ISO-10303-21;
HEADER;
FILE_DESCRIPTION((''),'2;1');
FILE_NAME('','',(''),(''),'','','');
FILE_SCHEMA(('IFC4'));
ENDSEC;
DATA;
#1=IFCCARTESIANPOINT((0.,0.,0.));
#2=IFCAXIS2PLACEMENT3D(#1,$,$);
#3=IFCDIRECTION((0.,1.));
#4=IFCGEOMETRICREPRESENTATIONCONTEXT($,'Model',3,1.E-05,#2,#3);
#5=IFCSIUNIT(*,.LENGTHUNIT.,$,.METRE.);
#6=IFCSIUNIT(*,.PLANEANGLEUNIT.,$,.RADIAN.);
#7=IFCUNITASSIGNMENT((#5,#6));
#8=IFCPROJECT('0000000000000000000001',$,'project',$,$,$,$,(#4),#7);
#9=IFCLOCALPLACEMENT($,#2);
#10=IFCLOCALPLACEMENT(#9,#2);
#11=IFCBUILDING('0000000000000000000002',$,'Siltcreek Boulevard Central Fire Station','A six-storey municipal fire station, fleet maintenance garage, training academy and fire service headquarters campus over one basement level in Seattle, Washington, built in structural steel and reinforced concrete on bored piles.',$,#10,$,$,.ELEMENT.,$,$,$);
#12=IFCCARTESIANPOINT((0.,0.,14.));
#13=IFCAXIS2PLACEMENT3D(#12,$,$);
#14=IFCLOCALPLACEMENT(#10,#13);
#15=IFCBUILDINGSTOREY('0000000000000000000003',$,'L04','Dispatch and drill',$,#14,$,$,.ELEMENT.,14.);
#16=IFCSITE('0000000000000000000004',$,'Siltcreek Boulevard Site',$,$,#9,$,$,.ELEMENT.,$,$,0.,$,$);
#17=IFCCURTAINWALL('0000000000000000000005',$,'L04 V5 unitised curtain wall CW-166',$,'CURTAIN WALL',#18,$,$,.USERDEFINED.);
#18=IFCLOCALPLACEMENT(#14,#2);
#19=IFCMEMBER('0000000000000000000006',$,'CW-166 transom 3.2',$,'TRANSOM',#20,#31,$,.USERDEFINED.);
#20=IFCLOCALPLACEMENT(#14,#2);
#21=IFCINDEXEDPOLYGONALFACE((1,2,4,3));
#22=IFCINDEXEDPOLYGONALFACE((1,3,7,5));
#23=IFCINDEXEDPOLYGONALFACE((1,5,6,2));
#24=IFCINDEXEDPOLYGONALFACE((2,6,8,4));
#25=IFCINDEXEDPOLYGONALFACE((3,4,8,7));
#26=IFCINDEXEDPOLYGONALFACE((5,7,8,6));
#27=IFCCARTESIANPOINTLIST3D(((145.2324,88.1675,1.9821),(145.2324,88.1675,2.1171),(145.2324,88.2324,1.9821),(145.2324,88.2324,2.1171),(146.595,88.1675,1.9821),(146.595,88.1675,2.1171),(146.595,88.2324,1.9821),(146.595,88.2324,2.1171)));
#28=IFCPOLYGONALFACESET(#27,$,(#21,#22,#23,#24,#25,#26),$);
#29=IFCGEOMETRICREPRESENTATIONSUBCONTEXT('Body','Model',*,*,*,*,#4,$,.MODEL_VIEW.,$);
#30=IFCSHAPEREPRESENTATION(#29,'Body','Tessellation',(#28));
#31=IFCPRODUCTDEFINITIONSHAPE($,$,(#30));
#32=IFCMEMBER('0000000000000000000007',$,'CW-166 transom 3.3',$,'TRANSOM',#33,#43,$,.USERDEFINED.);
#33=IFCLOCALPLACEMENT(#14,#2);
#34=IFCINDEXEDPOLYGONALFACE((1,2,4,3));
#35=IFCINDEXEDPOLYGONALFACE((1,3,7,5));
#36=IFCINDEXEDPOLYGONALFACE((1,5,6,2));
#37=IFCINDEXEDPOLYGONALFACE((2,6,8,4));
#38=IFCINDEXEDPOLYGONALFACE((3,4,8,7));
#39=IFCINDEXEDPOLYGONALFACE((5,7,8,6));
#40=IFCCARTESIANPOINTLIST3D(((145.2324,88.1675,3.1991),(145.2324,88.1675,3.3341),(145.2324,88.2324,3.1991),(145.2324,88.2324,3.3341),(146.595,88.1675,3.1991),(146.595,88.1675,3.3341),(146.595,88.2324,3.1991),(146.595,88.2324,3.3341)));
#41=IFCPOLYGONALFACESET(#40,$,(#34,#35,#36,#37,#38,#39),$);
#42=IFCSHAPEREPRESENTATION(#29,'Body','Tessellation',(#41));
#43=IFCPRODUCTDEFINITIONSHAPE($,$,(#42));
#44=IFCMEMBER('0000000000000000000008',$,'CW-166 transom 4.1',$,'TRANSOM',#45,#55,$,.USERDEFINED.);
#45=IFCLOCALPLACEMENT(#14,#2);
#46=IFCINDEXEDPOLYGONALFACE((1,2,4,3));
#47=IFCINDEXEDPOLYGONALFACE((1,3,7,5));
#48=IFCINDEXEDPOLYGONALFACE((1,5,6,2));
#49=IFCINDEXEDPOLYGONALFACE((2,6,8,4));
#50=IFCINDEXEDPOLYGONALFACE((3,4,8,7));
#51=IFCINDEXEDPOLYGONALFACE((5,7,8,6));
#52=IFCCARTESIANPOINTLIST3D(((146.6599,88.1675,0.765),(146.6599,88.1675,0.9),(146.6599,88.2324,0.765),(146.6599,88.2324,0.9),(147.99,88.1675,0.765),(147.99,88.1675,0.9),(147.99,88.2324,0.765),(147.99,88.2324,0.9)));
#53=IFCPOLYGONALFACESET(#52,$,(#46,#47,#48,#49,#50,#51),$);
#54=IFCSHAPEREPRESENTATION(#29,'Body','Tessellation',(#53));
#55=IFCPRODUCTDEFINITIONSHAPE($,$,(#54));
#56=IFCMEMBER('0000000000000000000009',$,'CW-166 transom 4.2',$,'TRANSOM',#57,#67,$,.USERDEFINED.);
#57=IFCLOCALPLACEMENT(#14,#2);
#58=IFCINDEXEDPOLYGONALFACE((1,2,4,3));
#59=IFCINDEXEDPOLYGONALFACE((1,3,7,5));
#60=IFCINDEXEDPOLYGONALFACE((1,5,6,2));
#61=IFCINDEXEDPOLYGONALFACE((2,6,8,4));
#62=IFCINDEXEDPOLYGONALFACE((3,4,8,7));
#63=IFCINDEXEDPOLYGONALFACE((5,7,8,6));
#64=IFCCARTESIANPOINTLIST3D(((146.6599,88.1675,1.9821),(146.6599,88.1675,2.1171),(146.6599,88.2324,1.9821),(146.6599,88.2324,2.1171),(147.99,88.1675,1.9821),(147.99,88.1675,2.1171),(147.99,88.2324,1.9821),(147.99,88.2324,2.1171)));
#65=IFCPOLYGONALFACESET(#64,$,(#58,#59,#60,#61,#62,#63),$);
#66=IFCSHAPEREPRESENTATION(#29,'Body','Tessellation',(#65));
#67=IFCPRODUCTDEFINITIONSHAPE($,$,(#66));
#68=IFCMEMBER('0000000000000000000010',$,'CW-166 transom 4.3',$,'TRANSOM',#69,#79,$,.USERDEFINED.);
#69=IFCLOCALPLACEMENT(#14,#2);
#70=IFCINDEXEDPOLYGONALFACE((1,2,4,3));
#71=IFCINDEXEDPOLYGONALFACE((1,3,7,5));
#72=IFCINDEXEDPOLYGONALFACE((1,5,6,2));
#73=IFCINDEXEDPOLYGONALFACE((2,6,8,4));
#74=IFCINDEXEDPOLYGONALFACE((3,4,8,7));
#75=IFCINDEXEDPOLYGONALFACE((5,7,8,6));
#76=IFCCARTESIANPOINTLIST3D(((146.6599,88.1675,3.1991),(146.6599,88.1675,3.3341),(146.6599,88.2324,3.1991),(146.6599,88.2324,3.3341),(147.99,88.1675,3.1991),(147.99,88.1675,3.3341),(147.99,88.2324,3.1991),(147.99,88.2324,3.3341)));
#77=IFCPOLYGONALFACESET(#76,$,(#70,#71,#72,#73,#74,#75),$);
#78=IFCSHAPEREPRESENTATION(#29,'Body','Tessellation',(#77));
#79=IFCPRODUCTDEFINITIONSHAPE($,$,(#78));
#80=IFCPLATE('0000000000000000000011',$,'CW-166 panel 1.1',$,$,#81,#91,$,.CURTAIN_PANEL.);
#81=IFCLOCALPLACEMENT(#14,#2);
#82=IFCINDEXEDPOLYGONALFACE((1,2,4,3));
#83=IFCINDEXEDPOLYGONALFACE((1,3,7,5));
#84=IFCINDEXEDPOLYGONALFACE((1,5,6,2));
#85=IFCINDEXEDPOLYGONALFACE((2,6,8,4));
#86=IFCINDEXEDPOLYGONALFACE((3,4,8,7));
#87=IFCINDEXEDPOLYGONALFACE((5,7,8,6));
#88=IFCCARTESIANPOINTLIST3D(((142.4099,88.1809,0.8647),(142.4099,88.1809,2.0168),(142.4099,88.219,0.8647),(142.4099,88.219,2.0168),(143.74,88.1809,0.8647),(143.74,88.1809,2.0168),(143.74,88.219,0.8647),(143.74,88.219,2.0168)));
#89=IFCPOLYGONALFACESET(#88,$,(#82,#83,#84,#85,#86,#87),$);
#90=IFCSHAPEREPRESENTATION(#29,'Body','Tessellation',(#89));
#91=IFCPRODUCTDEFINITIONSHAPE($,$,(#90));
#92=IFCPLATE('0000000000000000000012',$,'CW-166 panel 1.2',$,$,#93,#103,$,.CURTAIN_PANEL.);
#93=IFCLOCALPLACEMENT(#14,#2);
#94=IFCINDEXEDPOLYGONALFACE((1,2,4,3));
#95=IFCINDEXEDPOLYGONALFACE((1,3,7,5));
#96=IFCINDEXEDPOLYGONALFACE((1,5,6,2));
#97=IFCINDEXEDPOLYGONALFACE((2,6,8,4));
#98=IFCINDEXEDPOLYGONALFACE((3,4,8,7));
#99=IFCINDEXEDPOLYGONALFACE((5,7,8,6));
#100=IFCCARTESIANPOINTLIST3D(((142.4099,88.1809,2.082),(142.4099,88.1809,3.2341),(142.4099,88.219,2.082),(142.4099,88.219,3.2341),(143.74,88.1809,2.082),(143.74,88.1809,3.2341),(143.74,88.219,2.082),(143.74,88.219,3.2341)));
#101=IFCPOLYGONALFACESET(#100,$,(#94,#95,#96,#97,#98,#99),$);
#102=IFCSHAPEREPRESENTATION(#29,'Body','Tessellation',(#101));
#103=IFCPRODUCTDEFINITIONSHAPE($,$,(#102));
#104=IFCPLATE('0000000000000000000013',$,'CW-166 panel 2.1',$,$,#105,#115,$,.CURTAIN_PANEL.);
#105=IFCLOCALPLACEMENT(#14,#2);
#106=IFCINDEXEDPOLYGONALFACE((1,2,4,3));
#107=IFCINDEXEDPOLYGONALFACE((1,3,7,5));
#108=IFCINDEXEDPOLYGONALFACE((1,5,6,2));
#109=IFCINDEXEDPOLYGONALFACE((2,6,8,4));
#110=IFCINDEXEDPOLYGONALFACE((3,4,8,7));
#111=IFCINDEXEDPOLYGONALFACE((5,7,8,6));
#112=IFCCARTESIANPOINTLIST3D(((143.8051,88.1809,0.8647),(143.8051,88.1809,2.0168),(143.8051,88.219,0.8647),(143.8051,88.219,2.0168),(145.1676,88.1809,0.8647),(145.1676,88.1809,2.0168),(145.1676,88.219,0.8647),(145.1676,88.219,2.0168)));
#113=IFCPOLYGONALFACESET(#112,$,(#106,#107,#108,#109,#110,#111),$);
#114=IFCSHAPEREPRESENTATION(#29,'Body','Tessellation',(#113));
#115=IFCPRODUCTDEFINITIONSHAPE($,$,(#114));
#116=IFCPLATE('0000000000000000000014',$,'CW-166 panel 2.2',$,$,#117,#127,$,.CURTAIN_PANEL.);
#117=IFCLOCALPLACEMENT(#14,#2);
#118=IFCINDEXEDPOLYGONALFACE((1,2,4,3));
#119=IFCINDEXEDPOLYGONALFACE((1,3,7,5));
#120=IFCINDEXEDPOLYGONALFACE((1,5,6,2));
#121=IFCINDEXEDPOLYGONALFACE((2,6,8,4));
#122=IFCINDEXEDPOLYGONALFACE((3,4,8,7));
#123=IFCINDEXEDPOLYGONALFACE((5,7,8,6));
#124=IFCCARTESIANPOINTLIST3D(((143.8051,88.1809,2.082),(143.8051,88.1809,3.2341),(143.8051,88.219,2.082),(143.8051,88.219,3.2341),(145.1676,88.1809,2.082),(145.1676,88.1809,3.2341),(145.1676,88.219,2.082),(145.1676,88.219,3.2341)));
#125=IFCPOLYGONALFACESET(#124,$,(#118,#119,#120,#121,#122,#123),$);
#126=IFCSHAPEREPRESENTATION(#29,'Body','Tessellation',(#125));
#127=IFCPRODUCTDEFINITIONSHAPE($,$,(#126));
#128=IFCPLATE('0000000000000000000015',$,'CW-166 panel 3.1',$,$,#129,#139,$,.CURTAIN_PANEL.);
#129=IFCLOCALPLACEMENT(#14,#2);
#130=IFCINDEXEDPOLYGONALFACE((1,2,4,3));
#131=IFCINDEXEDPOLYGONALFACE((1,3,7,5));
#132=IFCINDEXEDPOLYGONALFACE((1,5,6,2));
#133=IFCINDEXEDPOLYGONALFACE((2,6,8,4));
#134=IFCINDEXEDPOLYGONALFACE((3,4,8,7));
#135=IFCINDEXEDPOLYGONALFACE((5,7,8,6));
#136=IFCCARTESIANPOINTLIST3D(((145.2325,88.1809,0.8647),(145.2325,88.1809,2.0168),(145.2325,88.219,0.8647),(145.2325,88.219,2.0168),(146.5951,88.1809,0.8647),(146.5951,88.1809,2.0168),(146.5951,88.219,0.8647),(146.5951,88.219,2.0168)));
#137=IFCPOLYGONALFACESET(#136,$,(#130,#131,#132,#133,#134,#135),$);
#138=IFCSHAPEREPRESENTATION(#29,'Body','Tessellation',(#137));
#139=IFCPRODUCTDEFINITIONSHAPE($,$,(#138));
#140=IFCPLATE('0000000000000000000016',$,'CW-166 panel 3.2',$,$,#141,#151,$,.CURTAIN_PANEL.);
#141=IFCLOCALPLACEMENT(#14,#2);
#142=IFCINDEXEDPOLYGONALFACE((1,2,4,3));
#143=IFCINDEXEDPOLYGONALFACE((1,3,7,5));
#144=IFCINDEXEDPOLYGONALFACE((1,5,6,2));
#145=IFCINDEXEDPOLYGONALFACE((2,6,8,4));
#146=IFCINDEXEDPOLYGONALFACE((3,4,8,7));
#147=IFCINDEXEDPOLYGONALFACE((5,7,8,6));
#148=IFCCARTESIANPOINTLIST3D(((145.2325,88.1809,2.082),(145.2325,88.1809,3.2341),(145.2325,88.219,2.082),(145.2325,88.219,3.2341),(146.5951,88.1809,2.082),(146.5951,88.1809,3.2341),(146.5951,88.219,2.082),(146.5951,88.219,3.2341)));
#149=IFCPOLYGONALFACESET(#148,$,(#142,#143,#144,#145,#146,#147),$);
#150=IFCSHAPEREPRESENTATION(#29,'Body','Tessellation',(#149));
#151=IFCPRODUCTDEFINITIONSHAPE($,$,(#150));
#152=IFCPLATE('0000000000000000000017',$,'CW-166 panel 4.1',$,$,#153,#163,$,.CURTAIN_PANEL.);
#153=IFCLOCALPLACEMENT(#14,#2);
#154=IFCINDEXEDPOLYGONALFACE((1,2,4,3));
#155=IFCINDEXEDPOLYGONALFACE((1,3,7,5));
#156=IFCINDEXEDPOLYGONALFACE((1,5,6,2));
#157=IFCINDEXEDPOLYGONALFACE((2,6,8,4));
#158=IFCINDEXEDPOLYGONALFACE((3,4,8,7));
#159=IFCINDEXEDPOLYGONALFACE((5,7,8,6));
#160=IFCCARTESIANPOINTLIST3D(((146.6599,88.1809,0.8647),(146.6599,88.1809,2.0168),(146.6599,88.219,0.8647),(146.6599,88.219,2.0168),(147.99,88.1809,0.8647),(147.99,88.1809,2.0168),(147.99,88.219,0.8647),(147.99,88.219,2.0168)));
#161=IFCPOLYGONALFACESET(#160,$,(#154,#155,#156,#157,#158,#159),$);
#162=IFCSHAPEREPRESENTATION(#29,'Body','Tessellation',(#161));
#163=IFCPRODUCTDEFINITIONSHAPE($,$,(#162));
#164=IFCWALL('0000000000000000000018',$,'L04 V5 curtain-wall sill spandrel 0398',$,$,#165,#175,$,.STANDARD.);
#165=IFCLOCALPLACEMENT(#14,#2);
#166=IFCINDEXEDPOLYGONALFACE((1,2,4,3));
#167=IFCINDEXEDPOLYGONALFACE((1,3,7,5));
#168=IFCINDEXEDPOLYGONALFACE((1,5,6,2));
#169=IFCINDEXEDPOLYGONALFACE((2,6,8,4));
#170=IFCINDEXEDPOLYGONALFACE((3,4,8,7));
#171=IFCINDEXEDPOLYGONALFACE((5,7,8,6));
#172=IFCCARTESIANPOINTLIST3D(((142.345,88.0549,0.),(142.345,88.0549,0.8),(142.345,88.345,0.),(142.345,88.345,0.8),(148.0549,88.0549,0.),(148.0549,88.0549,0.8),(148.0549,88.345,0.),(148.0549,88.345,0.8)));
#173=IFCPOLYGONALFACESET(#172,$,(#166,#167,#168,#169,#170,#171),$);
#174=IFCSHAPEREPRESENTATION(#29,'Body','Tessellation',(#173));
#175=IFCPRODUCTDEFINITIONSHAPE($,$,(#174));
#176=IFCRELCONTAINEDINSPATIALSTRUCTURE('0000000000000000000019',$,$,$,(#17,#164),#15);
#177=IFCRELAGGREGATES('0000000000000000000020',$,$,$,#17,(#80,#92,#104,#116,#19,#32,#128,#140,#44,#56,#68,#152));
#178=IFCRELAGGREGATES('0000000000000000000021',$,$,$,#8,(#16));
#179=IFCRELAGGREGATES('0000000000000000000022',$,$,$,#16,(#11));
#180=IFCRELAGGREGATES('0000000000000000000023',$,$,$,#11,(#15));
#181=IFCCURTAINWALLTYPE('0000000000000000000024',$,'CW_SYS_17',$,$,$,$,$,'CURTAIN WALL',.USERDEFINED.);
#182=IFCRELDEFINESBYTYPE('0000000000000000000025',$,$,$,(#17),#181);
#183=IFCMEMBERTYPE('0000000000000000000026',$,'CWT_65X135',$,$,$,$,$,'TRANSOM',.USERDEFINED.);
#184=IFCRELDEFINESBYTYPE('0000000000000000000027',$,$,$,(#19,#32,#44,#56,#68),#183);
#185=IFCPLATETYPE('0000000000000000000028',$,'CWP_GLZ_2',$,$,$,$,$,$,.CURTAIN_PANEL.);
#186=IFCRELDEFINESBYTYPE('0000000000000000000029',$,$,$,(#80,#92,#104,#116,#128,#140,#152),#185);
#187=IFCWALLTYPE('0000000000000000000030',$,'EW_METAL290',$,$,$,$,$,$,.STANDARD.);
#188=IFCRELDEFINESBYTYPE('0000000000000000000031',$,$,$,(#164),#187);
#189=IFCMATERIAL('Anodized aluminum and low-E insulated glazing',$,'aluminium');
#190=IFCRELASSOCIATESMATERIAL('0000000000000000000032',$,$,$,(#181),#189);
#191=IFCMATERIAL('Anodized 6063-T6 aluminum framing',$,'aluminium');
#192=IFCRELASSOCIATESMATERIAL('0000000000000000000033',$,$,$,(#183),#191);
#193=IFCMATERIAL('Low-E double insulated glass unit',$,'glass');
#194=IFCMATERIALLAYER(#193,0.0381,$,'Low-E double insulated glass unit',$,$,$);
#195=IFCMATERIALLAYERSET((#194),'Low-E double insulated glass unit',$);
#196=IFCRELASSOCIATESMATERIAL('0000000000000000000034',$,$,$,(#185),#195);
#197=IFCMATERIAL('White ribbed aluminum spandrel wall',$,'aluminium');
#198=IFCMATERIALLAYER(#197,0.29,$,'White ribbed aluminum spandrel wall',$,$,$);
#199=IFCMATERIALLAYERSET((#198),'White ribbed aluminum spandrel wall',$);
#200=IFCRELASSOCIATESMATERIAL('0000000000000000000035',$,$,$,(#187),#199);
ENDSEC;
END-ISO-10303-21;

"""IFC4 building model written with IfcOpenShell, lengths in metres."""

from ifc_helpers import new_model, si_unit, direction, frame, frame_2d, origin, origin_2d, place, context, subcontext, project, spatial, rectangle, extrude, material, layer, layer_set, material_profile, profile_set, type_object, element, aggregate, save


model = new_model("IFC4")

# Units and contexts
model_context = context("Model", 3, precision=1e-05, world=origin(), true_north=direction((0.0, 1.0)))
body_context = subcontext(model_context, "Body", "Model", "MODEL_VIEW")
ifc_project = project(units=[si_unit("LENGTHUNIT", "METRE"), si_unit("PLANEANGLEUNIT", "RADIAN")], contexts=[model_context])

# Site, building, storey
site_placement = place(None, origin())
site = spatial("IfcSite", under=ifc_project, at=site_placement, Name="Siltcreek Boulevard Site", CompositionType="ELEMENT", RefElevation=0.0)
building_placement = place(site_placement, origin())
building = spatial("IfcBuilding", under=site, at=building_placement, Name="Siltcreek Boulevard Central Fire Station", Description="A six-storey municipal fire station, fleet maintenance garage, training academy and fire service headquarters campus over one basement level in Seattle, Washington, built in structural steel and reinforced concrete on bored piles.", CompositionType="ELEMENT")
storey_placement = place(building_placement, frame((0.0, 0.0, 14.0)))
storey = spatial("IfcBuildingStorey", under=building, at=storey_placement, Name="L04", Description="Dispatch and drill", CompositionType="ELEMENT", Elevation=14.0)

# Curtain wall, members, plates
ifc_material_1 = material(Name="Anodized aluminum and low-E insulated glazing", Category="aluminium")
curtain_wall_type = type_object("IfcCurtainWallType", Name="CW_SYS_17", ElementType="CURTAIN WALL", PredefinedType="USERDEFINED", material=ifc_material_1)
curtain_wall_placement = place(storey_placement, origin())
curtain_wall = element("IfcCurtainWall", 1, at=curtain_wall_placement, inside=storey, type_object=curtain_wall_type, Name="L04 V5 unitised curtain wall CW-166", ObjectType="CURTAIN WALL", PredefinedType="USERDEFINED")
ifc_material_2 = material(Name="Anodized 6063-T6 aluminum framing", Category="aluminium")
ifc_material_profile_1 = material_profile(ifc_material_2, rectangle(XDim=0.0649, YDim=0.135, at=origin_2d()), Name="TRAN65X135")
ifc_profile_set_1 = profile_set([ifc_material_profile_1], Name="Anodized 6063-T6 aluminum framing")
member_type_1 = type_object("IfcMemberType", Name="CWT_65X135", ElementType="TRANSOM", PredefinedType="USERDEFINED", material=ifc_profile_set_1)
member_1_placement = place(storey_placement, frame((145.2324, 88.2, 2.0496), z_axis=(1.0, 0.0, 0.0), x_axis=(0.0, 1.0, 0.0)))
member_1 = element("IfcMember", 2, at=member_1_placement, type_object=member_type_1, Name="CW-166 transom 3.2", ObjectType="TRANSOM", PredefinedType="USERDEFINED", context=body_context, shape_type="SweptSolid", body=[
    extrude(rectangle(XDim=0.0649, YDim=0.135, at=origin_2d()), origin(), (0.0, 0.0, 1.0), 1.3625),
])
member_2_placement = place(storey_placement, frame((145.2324, 88.2, 3.2666), z_axis=(1.0, 0.0, 0.0), x_axis=(0.0, 1.0, 0.0)))
member_2 = element("IfcMember", 3, at=member_2_placement, type_object=member_type_1, Name="CW-166 transom 3.3", ObjectType="TRANSOM", PredefinedType="USERDEFINED", context=body_context, shape_type="SweptSolid", body=[
    extrude(rectangle(XDim=0.0649, YDim=0.135, at=origin_2d()), origin(), (0.0, 0.0, 1.0), 1.3625),
])
member_3_placement = place(storey_placement, frame((146.6599, 88.2, 0.8325), z_axis=(1.0, 0.0, 0.0), x_axis=(0.0, 1.0, 0.0)))
member_3 = element("IfcMember", 4, at=member_3_placement, type_object=member_type_1, Name="CW-166 transom 4.1", ObjectType="TRANSOM", PredefinedType="USERDEFINED", context=body_context, shape_type="SweptSolid", body=[
    extrude(rectangle(XDim=0.0649, YDim=0.135, at=origin_2d()), origin(), (0.0, 0.0, 1.0), 1.3301),
])
member_4_placement = place(storey_placement, frame((146.6599, 88.2, 2.0496), z_axis=(1.0, 0.0, 0.0), x_axis=(0.0, 1.0, 0.0)))
member_4 = element("IfcMember", 5, at=member_4_placement, type_object=member_type_1, Name="CW-166 transom 4.2", ObjectType="TRANSOM", PredefinedType="USERDEFINED", context=body_context, shape_type="SweptSolid", body=[
    extrude(rectangle(XDim=0.0649, YDim=0.135, at=origin_2d()), origin(), (0.0, 0.0, 1.0), 1.3301),
])
member_5_placement = place(storey_placement, frame((146.6599, 88.2, 3.2666), z_axis=(1.0, 0.0, 0.0), x_axis=(0.0, 1.0, 0.0)))
member_5 = element("IfcMember", 6, at=member_5_placement, type_object=member_type_1, Name="CW-166 transom 4.3", ObjectType="TRANSOM", PredefinedType="USERDEFINED", context=body_context, shape_type="SweptSolid", body=[
    extrude(rectangle(XDim=0.0649, YDim=0.135, at=origin_2d()), origin(), (0.0, 0.0, 1.0), 1.3301),
])
ifc_material_3 = material(Name="Low-E double insulated glass unit", Category="glass")
ifc_layer_1 = layer(ifc_material_3, 0.0381, Name="Low-E double insulated glass unit")
ifc_layer_set_1 = layer_set([ifc_layer_1], Name="Low-E double insulated glass unit")
plate_type = type_object("IfcPlateType", Name="CWP_GLZ_2", PredefinedType="CURTAIN_PANEL", material=ifc_layer_set_1)
plate_1_placement = place(storey_placement, frame((143.075, 88.2, 0.8647), z_axis=(0.0, 0.0, 1.0), x_axis=(1.0, 0.0, 0.0)))
plate_1 = element("IfcPlate", 7, at=plate_1_placement, type_object=plate_type, Name="CW-166 panel 1.1", PredefinedType="CURTAIN_PANEL", context=body_context, shape_type="SweptSolid", body=[
    extrude(rectangle(XDim=1.3301, YDim=0.0381, at=origin_2d()), origin(), (0.0, 0.0, 1.0), 1.1521),
])
plate_2_placement = place(storey_placement, frame((143.075, 88.2, 2.082), z_axis=(0.0, 0.0, 1.0), x_axis=(1.0, 0.0, 0.0)))
plate_2 = element("IfcPlate", 8, at=plate_2_placement, type_object=plate_type, Name="CW-166 panel 1.2", PredefinedType="CURTAIN_PANEL", context=body_context, shape_type="SweptSolid", body=[
    extrude(rectangle(XDim=1.3301, YDim=0.0381, at=origin_2d()), origin(), (0.0, 0.0, 1.0), 1.1521),
])
plate_3_placement = place(storey_placement, frame((144.4863, 88.2, 0.8647), z_axis=(0.0, 0.0, 1.0), x_axis=(1.0, 0.0, 0.0)))
plate_3 = element("IfcPlate", 9, at=plate_3_placement, type_object=plate_type, Name="CW-166 panel 2.1", PredefinedType="CURTAIN_PANEL", context=body_context, shape_type="SweptSolid", body=[
    extrude(rectangle(XDim=1.3625, YDim=0.0381, at=origin_2d()), origin(), (0.0, 0.0, 1.0), 1.1521),
])
plate_4_placement = place(storey_placement, frame((144.4863, 88.2, 2.082), z_axis=(0.0, 0.0, 1.0), x_axis=(1.0, 0.0, 0.0)))
plate_4 = element("IfcPlate", 10, at=plate_4_placement, type_object=plate_type, Name="CW-166 panel 2.2", PredefinedType="CURTAIN_PANEL", context=body_context, shape_type="SweptSolid", body=[
    extrude(rectangle(XDim=1.3625, YDim=0.0381, at=origin_2d()), origin(), (0.0, 0.0, 1.0), 1.1521),
])
plate_5_placement = place(storey_placement, frame((145.9138, 88.2, 0.8647), z_axis=(0.0, 0.0, 1.0), x_axis=(1.0, 0.0, 0.0)))
plate_5 = element("IfcPlate", 11, at=plate_5_placement, type_object=plate_type, Name="CW-166 panel 3.1", PredefinedType="CURTAIN_PANEL", context=body_context, shape_type="SweptSolid", body=[
    extrude(rectangle(XDim=1.3625, YDim=0.0381, at=origin_2d()), origin(), (0.0, 0.0, 1.0), 1.1521),
])
plate_6_placement = place(storey_placement, frame((145.9138, 88.2, 2.082), z_axis=(0.0, 0.0, 1.0), x_axis=(1.0, 0.0, 0.0)))
plate_6 = element("IfcPlate", 12, at=plate_6_placement, type_object=plate_type, Name="CW-166 panel 3.2", PredefinedType="CURTAIN_PANEL", context=body_context, shape_type="SweptSolid", body=[
    extrude(rectangle(XDim=1.3625, YDim=0.0381, at=origin_2d()), origin(), (0.0, 0.0, 1.0), 1.1521),
])
plate_7_placement = place(storey_placement, frame((147.325, 88.2, 0.8647), z_axis=(0.0, 0.0, 1.0), x_axis=(1.0, 0.0, 0.0)))
plate_7 = element("IfcPlate", 13, at=plate_7_placement, type_object=plate_type, Name="CW-166 panel 4.1", PredefinedType="CURTAIN_PANEL", context=body_context, shape_type="SweptSolid", body=[
    extrude(rectangle(XDim=1.3301, YDim=0.0381, at=origin_2d()), origin(), (0.0, 0.0, 1.0), 1.1521),
])
aggregate(curtain_wall, [plate_1, plate_2, plate_3, plate_4, member_1, member_2, plate_5, plate_6, member_3, member_4, member_5, plate_7])

# Wall
ifc_material_4 = material(Name="White ribbed aluminum spandrel wall", Category="aluminium")
ifc_layer_2 = layer(ifc_material_4, 0.29, Name="White ribbed aluminum spandrel wall")
ifc_layer_set_2 = layer_set([ifc_layer_2], Name="White ribbed aluminum spandrel wall")
wall_type = type_object("IfcWallType", Name="EW_METAL290", PredefinedType="STANDARD", material=ifc_layer_set_2)
wall_placement = place(storey_placement, frame((142.345, 88.2, 0.0), z_axis=(0.0, 0.0, 1.0), x_axis=(1.0, 0.0, 0.0)))
element("IfcWall", 14, at=wall_placement, inside=storey, type_object=wall_type, Name="L04 V5 curtain-wall sill spandrel 0398", PredefinedType="STANDARD", context=body_context, shape_type="SweptSolid", body=[
    extrude(rectangle(XDim=5.71, YDim=0.29, at=frame_2d((2.855, 0.0))), origin(), (0.0, 0.0, 1.0), 0.8),
])

save(model, "model.ifc")
